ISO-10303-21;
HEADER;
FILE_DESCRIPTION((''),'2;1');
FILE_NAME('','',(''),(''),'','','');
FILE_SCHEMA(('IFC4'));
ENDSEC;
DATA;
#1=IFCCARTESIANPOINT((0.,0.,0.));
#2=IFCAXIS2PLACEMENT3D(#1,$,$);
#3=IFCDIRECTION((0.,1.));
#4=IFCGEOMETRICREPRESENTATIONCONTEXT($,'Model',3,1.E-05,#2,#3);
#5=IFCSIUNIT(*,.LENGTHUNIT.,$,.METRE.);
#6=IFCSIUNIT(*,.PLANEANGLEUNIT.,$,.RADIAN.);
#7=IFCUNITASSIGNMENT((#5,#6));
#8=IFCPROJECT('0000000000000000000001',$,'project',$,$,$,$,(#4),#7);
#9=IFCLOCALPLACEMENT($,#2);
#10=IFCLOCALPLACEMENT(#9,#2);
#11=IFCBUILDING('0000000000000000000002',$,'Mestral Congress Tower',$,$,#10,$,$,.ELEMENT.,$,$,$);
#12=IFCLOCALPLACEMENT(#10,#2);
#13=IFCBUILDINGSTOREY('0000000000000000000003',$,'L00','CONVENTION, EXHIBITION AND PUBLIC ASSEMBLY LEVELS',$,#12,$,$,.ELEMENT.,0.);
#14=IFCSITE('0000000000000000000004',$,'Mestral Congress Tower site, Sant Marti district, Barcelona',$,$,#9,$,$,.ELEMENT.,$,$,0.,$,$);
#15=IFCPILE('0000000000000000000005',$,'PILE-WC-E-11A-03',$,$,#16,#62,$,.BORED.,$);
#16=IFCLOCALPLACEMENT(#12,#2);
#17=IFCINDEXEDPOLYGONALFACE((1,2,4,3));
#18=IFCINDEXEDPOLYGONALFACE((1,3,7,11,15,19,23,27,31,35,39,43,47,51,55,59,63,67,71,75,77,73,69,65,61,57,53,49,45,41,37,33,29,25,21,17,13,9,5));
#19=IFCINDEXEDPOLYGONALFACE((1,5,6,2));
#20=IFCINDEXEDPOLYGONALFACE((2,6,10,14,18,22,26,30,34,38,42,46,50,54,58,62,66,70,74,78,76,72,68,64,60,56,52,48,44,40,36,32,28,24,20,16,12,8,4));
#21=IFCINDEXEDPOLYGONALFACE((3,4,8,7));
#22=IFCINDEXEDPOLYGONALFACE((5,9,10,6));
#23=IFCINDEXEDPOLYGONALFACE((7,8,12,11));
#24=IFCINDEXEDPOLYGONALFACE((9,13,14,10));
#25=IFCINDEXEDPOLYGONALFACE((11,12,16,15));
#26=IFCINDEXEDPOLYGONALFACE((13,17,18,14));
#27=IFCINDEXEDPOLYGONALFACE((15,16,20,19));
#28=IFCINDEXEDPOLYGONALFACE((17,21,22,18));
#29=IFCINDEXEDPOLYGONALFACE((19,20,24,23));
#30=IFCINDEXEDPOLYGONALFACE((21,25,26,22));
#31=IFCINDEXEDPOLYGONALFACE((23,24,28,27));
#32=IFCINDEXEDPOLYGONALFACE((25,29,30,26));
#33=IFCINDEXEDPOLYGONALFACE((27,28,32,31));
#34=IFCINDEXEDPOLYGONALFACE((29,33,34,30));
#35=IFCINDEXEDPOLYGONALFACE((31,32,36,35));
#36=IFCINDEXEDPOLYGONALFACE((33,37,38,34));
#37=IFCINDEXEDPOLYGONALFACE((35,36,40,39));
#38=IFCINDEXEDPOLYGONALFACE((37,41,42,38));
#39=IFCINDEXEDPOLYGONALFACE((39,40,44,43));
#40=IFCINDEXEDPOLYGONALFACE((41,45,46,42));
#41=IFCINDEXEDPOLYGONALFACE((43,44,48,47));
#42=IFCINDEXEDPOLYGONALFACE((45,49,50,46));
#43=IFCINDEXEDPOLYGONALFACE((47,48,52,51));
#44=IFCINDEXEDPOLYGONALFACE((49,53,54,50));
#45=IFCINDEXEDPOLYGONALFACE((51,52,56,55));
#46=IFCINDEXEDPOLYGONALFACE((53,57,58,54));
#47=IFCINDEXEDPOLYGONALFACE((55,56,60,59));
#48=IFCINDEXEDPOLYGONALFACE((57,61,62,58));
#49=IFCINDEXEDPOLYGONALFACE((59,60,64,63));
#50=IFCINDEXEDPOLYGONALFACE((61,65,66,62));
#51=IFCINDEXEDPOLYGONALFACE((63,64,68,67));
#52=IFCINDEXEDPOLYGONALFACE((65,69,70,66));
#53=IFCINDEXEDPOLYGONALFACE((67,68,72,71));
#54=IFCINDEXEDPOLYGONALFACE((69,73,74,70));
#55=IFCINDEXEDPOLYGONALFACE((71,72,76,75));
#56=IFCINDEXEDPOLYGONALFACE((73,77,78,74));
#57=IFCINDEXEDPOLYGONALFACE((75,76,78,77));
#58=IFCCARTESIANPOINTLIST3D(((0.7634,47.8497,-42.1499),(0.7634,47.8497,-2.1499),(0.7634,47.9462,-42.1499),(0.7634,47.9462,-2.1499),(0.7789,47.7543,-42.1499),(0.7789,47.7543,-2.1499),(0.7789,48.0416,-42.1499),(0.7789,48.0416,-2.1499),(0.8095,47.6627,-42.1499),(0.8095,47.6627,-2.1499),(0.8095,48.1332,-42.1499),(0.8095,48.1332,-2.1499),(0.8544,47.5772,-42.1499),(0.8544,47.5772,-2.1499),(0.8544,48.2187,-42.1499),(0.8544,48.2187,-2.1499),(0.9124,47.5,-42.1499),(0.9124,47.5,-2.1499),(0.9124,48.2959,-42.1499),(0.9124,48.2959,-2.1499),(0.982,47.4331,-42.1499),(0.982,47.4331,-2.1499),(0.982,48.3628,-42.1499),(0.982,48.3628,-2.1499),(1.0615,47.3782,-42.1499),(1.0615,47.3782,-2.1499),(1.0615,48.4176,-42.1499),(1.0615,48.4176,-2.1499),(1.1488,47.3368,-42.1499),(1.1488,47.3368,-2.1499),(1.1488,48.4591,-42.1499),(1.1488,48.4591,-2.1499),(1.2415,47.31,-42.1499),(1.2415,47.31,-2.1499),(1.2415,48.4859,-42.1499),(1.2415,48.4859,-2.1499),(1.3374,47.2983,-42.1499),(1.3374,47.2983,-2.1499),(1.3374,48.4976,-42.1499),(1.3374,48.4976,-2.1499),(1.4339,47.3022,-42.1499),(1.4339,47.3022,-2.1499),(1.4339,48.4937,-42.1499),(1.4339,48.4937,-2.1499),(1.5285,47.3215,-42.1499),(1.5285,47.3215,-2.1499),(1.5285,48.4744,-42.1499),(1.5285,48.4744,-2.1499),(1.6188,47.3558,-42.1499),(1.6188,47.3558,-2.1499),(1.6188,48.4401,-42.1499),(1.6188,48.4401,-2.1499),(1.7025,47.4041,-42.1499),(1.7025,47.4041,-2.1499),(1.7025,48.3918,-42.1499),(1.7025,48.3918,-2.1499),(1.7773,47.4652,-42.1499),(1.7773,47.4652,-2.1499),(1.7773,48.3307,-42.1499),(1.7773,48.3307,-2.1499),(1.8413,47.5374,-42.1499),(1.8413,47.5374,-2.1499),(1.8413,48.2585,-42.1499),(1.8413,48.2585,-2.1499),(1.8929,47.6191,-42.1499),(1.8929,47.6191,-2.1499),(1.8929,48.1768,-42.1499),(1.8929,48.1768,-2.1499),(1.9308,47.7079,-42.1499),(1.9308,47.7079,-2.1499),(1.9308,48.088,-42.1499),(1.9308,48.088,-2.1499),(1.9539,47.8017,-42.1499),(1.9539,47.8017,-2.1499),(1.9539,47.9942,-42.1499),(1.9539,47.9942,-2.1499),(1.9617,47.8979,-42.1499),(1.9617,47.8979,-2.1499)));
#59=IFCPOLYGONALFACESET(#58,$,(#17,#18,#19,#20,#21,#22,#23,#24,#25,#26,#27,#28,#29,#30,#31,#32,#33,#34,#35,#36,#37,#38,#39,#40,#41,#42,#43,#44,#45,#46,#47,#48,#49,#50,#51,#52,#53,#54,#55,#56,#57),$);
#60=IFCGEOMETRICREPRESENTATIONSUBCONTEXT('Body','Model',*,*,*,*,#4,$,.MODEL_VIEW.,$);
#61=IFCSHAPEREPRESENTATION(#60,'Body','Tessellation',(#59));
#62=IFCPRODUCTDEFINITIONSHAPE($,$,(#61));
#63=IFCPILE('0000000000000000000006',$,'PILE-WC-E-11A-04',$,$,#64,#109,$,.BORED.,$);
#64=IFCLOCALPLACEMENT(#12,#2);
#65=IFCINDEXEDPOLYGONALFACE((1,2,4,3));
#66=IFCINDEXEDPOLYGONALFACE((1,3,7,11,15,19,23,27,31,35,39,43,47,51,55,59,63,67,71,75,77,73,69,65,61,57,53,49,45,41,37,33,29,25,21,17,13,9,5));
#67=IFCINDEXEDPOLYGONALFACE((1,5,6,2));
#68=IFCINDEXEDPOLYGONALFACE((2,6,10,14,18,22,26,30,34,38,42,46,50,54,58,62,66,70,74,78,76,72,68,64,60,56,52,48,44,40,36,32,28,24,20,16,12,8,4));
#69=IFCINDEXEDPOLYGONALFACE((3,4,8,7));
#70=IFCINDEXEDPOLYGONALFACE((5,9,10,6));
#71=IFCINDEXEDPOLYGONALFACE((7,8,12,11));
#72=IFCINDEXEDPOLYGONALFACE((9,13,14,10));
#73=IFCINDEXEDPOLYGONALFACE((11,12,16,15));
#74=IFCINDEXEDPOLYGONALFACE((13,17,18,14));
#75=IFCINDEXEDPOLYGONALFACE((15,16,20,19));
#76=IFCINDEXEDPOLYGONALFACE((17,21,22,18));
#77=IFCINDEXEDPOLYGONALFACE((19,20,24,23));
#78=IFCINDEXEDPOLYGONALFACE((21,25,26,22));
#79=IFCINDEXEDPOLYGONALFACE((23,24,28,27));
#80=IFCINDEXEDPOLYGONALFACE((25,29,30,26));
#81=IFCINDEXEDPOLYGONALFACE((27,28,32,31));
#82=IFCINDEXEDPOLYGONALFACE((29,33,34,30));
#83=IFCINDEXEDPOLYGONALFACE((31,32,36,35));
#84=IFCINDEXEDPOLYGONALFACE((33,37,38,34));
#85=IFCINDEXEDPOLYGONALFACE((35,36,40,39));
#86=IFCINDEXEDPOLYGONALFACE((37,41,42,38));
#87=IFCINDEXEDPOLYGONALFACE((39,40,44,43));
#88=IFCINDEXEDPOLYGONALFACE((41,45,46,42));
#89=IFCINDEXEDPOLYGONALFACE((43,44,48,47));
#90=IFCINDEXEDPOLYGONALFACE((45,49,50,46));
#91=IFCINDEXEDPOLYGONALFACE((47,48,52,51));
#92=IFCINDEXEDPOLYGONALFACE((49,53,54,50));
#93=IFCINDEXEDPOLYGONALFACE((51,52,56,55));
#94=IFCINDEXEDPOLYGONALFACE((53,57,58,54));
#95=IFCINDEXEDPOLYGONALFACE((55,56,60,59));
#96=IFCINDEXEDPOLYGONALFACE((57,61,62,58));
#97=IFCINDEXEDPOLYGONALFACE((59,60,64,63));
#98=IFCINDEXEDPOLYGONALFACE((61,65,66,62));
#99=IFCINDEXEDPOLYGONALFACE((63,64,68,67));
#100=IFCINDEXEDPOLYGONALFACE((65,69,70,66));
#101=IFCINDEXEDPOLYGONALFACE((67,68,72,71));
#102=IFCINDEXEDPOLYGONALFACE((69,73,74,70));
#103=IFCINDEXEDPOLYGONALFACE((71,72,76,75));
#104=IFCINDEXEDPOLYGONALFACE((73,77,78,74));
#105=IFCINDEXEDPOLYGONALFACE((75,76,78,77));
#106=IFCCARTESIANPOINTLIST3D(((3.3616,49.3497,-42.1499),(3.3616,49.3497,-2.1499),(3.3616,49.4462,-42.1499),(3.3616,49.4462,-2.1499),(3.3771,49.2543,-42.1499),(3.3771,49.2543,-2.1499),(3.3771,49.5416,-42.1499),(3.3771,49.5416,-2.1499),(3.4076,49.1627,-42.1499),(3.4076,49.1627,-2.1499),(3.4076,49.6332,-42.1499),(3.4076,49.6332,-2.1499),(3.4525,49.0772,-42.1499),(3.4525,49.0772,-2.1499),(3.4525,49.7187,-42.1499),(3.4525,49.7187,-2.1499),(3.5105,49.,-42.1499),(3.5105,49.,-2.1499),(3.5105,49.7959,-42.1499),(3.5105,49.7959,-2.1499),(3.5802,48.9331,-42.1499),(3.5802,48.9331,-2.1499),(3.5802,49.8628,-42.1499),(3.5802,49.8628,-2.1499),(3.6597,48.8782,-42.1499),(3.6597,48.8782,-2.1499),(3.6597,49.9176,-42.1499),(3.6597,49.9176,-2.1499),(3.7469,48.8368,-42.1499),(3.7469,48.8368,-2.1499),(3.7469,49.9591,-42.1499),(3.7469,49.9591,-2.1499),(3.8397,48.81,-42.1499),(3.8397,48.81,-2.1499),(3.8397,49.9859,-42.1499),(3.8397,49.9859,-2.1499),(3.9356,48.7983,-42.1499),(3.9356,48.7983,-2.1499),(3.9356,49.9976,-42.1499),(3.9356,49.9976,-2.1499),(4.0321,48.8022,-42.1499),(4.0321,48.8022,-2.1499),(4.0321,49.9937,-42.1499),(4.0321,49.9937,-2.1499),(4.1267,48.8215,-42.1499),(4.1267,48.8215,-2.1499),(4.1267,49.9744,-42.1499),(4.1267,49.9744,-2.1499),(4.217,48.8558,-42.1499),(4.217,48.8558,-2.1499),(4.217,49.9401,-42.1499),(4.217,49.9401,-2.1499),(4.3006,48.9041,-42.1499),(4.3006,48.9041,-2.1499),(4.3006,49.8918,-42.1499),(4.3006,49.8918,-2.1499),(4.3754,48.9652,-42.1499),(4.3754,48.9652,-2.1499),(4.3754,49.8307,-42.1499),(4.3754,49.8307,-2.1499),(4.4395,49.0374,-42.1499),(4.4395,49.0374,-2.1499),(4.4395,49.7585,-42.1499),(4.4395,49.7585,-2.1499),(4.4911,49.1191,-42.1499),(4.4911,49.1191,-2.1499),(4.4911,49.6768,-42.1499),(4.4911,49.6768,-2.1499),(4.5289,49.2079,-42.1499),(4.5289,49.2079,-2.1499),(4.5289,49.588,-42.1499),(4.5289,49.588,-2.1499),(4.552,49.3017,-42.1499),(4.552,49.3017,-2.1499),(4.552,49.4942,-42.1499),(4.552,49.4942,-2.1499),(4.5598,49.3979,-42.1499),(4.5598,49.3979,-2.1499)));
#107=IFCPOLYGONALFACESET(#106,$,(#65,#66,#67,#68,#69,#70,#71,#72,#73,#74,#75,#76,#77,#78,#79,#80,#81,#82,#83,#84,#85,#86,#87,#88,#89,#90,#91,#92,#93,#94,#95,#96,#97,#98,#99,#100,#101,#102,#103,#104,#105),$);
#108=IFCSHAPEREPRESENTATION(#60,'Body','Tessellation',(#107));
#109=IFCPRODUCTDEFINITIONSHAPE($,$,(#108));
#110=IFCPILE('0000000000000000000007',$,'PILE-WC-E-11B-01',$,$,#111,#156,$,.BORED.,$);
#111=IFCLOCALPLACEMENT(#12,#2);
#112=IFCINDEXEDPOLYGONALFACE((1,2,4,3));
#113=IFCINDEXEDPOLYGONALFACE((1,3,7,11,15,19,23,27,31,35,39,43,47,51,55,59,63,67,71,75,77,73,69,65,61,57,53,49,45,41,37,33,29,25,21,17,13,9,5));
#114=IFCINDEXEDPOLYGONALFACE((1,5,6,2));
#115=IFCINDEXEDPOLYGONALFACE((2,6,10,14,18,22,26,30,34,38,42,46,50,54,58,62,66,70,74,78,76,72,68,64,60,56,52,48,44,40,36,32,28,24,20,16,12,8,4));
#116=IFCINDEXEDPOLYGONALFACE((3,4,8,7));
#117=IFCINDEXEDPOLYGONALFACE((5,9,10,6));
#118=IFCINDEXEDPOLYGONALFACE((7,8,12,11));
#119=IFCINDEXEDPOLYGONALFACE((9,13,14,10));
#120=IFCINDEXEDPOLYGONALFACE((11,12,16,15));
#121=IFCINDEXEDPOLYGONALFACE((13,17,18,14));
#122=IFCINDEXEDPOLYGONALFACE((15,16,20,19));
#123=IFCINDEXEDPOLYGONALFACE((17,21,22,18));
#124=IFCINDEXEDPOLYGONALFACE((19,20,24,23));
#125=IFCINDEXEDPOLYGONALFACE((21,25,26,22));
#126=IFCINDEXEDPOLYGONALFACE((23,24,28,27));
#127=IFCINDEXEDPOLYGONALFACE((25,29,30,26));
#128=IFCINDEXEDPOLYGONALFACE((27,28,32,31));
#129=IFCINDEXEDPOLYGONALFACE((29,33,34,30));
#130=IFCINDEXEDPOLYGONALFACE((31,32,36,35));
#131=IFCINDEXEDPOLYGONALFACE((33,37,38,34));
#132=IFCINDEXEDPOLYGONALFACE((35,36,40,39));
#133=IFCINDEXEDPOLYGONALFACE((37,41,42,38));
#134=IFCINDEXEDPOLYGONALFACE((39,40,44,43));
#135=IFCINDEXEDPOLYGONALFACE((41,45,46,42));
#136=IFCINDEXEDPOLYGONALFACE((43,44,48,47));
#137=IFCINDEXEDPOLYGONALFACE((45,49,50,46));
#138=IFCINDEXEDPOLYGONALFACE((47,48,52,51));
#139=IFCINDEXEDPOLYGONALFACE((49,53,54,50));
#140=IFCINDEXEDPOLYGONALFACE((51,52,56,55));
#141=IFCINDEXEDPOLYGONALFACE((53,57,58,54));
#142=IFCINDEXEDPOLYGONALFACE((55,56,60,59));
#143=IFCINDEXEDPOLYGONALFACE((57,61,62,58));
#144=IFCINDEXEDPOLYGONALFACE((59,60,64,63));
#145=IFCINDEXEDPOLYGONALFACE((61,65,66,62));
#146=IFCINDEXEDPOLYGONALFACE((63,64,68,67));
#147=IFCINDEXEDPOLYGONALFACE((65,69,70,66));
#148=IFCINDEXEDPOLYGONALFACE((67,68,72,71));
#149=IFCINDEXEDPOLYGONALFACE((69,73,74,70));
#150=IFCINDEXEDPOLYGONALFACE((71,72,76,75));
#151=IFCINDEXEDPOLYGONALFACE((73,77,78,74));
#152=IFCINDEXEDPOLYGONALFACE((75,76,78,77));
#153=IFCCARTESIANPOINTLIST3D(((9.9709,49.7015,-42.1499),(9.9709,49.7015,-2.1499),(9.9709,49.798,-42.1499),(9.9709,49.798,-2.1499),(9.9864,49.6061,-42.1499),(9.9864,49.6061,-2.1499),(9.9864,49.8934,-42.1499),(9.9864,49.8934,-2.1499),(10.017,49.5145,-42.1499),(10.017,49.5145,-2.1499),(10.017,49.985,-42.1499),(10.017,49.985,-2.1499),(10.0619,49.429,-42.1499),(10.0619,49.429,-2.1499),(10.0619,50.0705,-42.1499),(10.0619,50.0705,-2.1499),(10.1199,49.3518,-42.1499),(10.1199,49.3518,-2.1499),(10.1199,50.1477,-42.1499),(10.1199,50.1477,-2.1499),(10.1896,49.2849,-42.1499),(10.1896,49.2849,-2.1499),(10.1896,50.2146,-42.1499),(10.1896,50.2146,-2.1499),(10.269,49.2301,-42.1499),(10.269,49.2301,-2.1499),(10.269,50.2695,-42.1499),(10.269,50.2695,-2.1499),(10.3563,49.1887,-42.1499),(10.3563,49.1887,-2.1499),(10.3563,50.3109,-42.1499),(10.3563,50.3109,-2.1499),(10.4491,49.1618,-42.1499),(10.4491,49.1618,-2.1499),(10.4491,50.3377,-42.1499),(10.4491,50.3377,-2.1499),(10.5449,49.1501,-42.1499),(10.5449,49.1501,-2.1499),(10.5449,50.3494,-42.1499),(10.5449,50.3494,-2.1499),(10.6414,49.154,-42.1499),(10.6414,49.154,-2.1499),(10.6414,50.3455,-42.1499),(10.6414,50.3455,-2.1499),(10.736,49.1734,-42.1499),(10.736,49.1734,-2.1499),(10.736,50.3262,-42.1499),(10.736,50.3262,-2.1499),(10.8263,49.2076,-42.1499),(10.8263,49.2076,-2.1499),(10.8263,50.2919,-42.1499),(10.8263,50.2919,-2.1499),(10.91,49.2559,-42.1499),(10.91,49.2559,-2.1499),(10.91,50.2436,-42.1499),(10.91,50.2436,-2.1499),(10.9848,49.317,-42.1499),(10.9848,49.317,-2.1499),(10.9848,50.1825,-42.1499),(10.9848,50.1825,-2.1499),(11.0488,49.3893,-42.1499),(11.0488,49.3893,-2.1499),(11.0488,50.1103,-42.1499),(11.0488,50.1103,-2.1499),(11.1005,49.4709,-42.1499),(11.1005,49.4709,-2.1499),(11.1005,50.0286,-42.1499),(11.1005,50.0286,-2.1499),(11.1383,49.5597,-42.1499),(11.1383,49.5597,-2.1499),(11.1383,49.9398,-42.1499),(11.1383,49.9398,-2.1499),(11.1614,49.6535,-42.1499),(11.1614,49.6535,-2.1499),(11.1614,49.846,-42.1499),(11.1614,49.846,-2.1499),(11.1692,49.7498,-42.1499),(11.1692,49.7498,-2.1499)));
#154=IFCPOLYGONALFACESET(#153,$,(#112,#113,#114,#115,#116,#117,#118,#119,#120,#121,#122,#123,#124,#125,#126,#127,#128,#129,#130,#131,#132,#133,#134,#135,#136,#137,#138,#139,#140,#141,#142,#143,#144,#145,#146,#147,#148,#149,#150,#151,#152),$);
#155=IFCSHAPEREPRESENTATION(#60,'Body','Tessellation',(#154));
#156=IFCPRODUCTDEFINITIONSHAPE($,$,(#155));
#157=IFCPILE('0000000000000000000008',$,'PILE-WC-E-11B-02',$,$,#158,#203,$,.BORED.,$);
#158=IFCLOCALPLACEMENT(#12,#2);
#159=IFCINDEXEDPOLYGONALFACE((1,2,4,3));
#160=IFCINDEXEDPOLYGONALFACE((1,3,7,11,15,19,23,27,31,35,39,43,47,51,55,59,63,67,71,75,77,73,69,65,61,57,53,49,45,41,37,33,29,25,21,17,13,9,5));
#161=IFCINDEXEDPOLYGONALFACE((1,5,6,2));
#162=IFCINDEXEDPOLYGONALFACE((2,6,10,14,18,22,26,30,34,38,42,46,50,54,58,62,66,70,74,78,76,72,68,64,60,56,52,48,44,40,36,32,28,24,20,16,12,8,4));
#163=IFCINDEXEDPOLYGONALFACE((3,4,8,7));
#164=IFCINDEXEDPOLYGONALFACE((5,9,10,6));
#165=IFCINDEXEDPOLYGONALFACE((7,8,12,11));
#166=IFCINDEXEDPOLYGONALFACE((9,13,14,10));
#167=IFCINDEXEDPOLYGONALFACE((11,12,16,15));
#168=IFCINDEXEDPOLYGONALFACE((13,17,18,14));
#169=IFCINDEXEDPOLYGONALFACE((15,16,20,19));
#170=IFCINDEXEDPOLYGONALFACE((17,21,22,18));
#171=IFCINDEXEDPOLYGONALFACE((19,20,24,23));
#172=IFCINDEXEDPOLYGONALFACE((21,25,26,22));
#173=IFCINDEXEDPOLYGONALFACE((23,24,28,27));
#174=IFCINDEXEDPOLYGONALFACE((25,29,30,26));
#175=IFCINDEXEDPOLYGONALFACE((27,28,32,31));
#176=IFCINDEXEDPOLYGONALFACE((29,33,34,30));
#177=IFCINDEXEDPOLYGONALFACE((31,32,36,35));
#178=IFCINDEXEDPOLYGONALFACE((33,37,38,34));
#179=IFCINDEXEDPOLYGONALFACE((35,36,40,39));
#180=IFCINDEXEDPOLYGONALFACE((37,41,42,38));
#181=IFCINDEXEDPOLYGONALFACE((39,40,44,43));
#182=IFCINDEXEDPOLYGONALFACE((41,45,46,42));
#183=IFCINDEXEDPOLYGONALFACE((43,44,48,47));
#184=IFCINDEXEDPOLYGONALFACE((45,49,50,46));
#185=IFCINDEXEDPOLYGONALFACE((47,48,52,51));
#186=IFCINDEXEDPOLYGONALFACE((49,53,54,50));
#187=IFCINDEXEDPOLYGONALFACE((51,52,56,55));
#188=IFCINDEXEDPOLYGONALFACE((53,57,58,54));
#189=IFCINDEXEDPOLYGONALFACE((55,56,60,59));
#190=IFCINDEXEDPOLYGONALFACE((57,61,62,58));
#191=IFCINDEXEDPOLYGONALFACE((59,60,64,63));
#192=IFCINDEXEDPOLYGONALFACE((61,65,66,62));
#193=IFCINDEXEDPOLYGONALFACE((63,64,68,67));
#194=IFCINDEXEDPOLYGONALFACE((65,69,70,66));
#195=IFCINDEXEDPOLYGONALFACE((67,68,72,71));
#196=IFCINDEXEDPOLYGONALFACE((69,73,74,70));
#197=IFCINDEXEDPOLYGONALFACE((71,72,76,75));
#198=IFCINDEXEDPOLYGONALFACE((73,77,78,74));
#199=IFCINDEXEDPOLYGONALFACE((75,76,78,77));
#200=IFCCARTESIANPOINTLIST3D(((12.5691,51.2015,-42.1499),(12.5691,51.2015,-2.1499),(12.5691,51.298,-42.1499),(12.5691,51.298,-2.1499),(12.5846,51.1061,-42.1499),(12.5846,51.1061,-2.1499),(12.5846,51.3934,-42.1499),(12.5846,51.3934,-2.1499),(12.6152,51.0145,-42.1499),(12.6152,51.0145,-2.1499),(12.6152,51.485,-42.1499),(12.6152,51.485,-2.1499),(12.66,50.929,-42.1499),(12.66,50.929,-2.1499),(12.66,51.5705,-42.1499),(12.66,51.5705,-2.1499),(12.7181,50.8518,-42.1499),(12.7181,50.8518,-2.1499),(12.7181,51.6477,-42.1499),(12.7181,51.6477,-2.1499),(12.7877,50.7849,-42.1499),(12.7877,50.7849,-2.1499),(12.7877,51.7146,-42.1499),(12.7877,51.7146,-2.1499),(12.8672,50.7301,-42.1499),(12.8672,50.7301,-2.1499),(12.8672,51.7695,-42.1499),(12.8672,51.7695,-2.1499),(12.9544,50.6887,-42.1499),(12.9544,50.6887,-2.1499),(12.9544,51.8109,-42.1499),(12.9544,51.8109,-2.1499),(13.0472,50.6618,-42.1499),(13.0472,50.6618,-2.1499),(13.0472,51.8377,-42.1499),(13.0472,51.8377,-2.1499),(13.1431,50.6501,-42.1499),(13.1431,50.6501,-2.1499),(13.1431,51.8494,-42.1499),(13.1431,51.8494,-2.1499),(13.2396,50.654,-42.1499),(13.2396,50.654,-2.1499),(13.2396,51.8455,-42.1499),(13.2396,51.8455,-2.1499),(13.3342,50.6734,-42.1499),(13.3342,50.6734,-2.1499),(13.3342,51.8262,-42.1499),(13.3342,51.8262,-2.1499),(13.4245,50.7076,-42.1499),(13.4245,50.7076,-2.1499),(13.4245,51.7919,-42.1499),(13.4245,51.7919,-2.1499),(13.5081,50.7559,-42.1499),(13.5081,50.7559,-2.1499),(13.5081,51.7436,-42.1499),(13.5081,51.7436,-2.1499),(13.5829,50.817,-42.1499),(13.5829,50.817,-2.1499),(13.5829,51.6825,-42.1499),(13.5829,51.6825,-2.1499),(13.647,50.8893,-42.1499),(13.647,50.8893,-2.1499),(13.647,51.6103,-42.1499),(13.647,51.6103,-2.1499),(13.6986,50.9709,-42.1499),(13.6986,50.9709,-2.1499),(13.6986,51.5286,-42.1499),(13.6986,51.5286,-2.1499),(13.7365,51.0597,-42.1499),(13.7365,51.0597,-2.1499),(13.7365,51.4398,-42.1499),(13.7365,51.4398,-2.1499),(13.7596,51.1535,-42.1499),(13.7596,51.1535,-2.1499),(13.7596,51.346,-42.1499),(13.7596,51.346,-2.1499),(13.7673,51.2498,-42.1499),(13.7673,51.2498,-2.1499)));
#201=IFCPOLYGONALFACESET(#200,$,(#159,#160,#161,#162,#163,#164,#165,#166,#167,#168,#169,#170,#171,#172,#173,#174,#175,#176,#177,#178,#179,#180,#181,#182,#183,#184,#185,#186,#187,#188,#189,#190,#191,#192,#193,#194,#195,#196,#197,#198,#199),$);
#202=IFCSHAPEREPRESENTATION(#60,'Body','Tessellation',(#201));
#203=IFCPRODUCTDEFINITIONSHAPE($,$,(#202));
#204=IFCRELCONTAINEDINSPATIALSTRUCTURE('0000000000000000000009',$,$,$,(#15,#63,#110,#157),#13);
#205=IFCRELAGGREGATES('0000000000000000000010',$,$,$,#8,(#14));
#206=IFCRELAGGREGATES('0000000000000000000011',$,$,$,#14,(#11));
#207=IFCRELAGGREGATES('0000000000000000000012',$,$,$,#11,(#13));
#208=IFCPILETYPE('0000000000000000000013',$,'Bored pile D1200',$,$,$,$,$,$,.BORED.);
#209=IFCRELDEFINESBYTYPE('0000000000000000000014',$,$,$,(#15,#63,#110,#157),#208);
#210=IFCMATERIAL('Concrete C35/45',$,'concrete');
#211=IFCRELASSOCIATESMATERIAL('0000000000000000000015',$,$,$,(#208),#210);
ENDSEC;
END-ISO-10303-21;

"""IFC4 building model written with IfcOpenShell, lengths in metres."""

from ifc_helpers import new_model, si_unit, direction, frame, origin, origin_2d, place, context, subcontext, project, spatial, circle, extrude, material, material_profile, profile_set, type_object, element, save


model = new_model("IFC4")

# Units and contexts
model_context = context("Model", 3, precision=1e-05, world=origin(), true_north=direction((0.0, 1.0)))
body_context = subcontext(model_context, "Body", "Model", "MODEL_VIEW")
ifc_project = project(units=[si_unit("LENGTHUNIT", "METRE"), si_unit("PLANEANGLEUNIT", "RADIAN")], contexts=[model_context])

# Site, building, storey
site_placement = place(None, origin())
site = spatial("IfcSite", under=ifc_project, at=site_placement, Name="Mestral Congress Tower site, Sant Marti district, Barcelona", CompositionType="ELEMENT", RefElevation=0.0)
building_placement = place(site_placement, origin())
building = spatial("IfcBuilding", under=site, at=building_placement, Name="Mestral Congress Tower", CompositionType="ELEMENT")
storey_placement = place(building_placement, origin())
storey = spatial("IfcBuildingStorey", under=building, at=storey_placement, Name="L00", Description="CONVENTION, EXHIBITION AND PUBLIC ASSEMBLY LEVELS", CompositionType="ELEMENT", Elevation=0.0)

# Piles
ifc_material_1 = material(Name="Concrete C35/45", Category="concrete")
ifc_material_profile_1 = material_profile(ifc_material_1, circle(Radius=0.6001, at=origin_2d()), Name="D1200")
ifc_profile_set_1 = profile_set([ifc_material_profile_1], Name="Concrete C35/45")
pile_type = type_object("IfcPileType", Name="Bored pile D1200", PredefinedType="BORED", material=ifc_profile_set_1)
for number, where, z_axis, x_axis, name in (
    (1, (1.3616, 47.8979, -2.1499), (0.0, 0.0, -1.0), (1.0, 0.0, 0.0), "PILE-WC-E-11A-03"),
    (2, (3.9597, 49.3979, -2.1499), (0.0, 0.0, -1.0), (1.0, 0.0, 0.0), "PILE-WC-E-11A-04"),
    (3, (10.5691, 49.7498, -2.1499), (0.0, 0.0, -1.0), (1.0, 0.0, 0.0), "PILE-WC-E-11B-01"),
    (4, (13.1672, 51.2498, -2.1499), (0.0, 0.0, -1.0), (1.0, 0.0, 0.0), "PILE-WC-E-11B-02"),
):
    element("IfcPile", number, at=place(storey_placement, frame(where, z_axis=z_axis, x_axis=x_axis)), inside=storey, type_object=pile_type, Name=name, PredefinedType="BORED", context=body_context, shape_type="SweptSolid", body=[
        extrude(circle(Radius=0.6001, at=origin_2d()), origin(), (0.0, 0.0, 1.0), 40.0),
    ])

save(model, "model.ifc")
